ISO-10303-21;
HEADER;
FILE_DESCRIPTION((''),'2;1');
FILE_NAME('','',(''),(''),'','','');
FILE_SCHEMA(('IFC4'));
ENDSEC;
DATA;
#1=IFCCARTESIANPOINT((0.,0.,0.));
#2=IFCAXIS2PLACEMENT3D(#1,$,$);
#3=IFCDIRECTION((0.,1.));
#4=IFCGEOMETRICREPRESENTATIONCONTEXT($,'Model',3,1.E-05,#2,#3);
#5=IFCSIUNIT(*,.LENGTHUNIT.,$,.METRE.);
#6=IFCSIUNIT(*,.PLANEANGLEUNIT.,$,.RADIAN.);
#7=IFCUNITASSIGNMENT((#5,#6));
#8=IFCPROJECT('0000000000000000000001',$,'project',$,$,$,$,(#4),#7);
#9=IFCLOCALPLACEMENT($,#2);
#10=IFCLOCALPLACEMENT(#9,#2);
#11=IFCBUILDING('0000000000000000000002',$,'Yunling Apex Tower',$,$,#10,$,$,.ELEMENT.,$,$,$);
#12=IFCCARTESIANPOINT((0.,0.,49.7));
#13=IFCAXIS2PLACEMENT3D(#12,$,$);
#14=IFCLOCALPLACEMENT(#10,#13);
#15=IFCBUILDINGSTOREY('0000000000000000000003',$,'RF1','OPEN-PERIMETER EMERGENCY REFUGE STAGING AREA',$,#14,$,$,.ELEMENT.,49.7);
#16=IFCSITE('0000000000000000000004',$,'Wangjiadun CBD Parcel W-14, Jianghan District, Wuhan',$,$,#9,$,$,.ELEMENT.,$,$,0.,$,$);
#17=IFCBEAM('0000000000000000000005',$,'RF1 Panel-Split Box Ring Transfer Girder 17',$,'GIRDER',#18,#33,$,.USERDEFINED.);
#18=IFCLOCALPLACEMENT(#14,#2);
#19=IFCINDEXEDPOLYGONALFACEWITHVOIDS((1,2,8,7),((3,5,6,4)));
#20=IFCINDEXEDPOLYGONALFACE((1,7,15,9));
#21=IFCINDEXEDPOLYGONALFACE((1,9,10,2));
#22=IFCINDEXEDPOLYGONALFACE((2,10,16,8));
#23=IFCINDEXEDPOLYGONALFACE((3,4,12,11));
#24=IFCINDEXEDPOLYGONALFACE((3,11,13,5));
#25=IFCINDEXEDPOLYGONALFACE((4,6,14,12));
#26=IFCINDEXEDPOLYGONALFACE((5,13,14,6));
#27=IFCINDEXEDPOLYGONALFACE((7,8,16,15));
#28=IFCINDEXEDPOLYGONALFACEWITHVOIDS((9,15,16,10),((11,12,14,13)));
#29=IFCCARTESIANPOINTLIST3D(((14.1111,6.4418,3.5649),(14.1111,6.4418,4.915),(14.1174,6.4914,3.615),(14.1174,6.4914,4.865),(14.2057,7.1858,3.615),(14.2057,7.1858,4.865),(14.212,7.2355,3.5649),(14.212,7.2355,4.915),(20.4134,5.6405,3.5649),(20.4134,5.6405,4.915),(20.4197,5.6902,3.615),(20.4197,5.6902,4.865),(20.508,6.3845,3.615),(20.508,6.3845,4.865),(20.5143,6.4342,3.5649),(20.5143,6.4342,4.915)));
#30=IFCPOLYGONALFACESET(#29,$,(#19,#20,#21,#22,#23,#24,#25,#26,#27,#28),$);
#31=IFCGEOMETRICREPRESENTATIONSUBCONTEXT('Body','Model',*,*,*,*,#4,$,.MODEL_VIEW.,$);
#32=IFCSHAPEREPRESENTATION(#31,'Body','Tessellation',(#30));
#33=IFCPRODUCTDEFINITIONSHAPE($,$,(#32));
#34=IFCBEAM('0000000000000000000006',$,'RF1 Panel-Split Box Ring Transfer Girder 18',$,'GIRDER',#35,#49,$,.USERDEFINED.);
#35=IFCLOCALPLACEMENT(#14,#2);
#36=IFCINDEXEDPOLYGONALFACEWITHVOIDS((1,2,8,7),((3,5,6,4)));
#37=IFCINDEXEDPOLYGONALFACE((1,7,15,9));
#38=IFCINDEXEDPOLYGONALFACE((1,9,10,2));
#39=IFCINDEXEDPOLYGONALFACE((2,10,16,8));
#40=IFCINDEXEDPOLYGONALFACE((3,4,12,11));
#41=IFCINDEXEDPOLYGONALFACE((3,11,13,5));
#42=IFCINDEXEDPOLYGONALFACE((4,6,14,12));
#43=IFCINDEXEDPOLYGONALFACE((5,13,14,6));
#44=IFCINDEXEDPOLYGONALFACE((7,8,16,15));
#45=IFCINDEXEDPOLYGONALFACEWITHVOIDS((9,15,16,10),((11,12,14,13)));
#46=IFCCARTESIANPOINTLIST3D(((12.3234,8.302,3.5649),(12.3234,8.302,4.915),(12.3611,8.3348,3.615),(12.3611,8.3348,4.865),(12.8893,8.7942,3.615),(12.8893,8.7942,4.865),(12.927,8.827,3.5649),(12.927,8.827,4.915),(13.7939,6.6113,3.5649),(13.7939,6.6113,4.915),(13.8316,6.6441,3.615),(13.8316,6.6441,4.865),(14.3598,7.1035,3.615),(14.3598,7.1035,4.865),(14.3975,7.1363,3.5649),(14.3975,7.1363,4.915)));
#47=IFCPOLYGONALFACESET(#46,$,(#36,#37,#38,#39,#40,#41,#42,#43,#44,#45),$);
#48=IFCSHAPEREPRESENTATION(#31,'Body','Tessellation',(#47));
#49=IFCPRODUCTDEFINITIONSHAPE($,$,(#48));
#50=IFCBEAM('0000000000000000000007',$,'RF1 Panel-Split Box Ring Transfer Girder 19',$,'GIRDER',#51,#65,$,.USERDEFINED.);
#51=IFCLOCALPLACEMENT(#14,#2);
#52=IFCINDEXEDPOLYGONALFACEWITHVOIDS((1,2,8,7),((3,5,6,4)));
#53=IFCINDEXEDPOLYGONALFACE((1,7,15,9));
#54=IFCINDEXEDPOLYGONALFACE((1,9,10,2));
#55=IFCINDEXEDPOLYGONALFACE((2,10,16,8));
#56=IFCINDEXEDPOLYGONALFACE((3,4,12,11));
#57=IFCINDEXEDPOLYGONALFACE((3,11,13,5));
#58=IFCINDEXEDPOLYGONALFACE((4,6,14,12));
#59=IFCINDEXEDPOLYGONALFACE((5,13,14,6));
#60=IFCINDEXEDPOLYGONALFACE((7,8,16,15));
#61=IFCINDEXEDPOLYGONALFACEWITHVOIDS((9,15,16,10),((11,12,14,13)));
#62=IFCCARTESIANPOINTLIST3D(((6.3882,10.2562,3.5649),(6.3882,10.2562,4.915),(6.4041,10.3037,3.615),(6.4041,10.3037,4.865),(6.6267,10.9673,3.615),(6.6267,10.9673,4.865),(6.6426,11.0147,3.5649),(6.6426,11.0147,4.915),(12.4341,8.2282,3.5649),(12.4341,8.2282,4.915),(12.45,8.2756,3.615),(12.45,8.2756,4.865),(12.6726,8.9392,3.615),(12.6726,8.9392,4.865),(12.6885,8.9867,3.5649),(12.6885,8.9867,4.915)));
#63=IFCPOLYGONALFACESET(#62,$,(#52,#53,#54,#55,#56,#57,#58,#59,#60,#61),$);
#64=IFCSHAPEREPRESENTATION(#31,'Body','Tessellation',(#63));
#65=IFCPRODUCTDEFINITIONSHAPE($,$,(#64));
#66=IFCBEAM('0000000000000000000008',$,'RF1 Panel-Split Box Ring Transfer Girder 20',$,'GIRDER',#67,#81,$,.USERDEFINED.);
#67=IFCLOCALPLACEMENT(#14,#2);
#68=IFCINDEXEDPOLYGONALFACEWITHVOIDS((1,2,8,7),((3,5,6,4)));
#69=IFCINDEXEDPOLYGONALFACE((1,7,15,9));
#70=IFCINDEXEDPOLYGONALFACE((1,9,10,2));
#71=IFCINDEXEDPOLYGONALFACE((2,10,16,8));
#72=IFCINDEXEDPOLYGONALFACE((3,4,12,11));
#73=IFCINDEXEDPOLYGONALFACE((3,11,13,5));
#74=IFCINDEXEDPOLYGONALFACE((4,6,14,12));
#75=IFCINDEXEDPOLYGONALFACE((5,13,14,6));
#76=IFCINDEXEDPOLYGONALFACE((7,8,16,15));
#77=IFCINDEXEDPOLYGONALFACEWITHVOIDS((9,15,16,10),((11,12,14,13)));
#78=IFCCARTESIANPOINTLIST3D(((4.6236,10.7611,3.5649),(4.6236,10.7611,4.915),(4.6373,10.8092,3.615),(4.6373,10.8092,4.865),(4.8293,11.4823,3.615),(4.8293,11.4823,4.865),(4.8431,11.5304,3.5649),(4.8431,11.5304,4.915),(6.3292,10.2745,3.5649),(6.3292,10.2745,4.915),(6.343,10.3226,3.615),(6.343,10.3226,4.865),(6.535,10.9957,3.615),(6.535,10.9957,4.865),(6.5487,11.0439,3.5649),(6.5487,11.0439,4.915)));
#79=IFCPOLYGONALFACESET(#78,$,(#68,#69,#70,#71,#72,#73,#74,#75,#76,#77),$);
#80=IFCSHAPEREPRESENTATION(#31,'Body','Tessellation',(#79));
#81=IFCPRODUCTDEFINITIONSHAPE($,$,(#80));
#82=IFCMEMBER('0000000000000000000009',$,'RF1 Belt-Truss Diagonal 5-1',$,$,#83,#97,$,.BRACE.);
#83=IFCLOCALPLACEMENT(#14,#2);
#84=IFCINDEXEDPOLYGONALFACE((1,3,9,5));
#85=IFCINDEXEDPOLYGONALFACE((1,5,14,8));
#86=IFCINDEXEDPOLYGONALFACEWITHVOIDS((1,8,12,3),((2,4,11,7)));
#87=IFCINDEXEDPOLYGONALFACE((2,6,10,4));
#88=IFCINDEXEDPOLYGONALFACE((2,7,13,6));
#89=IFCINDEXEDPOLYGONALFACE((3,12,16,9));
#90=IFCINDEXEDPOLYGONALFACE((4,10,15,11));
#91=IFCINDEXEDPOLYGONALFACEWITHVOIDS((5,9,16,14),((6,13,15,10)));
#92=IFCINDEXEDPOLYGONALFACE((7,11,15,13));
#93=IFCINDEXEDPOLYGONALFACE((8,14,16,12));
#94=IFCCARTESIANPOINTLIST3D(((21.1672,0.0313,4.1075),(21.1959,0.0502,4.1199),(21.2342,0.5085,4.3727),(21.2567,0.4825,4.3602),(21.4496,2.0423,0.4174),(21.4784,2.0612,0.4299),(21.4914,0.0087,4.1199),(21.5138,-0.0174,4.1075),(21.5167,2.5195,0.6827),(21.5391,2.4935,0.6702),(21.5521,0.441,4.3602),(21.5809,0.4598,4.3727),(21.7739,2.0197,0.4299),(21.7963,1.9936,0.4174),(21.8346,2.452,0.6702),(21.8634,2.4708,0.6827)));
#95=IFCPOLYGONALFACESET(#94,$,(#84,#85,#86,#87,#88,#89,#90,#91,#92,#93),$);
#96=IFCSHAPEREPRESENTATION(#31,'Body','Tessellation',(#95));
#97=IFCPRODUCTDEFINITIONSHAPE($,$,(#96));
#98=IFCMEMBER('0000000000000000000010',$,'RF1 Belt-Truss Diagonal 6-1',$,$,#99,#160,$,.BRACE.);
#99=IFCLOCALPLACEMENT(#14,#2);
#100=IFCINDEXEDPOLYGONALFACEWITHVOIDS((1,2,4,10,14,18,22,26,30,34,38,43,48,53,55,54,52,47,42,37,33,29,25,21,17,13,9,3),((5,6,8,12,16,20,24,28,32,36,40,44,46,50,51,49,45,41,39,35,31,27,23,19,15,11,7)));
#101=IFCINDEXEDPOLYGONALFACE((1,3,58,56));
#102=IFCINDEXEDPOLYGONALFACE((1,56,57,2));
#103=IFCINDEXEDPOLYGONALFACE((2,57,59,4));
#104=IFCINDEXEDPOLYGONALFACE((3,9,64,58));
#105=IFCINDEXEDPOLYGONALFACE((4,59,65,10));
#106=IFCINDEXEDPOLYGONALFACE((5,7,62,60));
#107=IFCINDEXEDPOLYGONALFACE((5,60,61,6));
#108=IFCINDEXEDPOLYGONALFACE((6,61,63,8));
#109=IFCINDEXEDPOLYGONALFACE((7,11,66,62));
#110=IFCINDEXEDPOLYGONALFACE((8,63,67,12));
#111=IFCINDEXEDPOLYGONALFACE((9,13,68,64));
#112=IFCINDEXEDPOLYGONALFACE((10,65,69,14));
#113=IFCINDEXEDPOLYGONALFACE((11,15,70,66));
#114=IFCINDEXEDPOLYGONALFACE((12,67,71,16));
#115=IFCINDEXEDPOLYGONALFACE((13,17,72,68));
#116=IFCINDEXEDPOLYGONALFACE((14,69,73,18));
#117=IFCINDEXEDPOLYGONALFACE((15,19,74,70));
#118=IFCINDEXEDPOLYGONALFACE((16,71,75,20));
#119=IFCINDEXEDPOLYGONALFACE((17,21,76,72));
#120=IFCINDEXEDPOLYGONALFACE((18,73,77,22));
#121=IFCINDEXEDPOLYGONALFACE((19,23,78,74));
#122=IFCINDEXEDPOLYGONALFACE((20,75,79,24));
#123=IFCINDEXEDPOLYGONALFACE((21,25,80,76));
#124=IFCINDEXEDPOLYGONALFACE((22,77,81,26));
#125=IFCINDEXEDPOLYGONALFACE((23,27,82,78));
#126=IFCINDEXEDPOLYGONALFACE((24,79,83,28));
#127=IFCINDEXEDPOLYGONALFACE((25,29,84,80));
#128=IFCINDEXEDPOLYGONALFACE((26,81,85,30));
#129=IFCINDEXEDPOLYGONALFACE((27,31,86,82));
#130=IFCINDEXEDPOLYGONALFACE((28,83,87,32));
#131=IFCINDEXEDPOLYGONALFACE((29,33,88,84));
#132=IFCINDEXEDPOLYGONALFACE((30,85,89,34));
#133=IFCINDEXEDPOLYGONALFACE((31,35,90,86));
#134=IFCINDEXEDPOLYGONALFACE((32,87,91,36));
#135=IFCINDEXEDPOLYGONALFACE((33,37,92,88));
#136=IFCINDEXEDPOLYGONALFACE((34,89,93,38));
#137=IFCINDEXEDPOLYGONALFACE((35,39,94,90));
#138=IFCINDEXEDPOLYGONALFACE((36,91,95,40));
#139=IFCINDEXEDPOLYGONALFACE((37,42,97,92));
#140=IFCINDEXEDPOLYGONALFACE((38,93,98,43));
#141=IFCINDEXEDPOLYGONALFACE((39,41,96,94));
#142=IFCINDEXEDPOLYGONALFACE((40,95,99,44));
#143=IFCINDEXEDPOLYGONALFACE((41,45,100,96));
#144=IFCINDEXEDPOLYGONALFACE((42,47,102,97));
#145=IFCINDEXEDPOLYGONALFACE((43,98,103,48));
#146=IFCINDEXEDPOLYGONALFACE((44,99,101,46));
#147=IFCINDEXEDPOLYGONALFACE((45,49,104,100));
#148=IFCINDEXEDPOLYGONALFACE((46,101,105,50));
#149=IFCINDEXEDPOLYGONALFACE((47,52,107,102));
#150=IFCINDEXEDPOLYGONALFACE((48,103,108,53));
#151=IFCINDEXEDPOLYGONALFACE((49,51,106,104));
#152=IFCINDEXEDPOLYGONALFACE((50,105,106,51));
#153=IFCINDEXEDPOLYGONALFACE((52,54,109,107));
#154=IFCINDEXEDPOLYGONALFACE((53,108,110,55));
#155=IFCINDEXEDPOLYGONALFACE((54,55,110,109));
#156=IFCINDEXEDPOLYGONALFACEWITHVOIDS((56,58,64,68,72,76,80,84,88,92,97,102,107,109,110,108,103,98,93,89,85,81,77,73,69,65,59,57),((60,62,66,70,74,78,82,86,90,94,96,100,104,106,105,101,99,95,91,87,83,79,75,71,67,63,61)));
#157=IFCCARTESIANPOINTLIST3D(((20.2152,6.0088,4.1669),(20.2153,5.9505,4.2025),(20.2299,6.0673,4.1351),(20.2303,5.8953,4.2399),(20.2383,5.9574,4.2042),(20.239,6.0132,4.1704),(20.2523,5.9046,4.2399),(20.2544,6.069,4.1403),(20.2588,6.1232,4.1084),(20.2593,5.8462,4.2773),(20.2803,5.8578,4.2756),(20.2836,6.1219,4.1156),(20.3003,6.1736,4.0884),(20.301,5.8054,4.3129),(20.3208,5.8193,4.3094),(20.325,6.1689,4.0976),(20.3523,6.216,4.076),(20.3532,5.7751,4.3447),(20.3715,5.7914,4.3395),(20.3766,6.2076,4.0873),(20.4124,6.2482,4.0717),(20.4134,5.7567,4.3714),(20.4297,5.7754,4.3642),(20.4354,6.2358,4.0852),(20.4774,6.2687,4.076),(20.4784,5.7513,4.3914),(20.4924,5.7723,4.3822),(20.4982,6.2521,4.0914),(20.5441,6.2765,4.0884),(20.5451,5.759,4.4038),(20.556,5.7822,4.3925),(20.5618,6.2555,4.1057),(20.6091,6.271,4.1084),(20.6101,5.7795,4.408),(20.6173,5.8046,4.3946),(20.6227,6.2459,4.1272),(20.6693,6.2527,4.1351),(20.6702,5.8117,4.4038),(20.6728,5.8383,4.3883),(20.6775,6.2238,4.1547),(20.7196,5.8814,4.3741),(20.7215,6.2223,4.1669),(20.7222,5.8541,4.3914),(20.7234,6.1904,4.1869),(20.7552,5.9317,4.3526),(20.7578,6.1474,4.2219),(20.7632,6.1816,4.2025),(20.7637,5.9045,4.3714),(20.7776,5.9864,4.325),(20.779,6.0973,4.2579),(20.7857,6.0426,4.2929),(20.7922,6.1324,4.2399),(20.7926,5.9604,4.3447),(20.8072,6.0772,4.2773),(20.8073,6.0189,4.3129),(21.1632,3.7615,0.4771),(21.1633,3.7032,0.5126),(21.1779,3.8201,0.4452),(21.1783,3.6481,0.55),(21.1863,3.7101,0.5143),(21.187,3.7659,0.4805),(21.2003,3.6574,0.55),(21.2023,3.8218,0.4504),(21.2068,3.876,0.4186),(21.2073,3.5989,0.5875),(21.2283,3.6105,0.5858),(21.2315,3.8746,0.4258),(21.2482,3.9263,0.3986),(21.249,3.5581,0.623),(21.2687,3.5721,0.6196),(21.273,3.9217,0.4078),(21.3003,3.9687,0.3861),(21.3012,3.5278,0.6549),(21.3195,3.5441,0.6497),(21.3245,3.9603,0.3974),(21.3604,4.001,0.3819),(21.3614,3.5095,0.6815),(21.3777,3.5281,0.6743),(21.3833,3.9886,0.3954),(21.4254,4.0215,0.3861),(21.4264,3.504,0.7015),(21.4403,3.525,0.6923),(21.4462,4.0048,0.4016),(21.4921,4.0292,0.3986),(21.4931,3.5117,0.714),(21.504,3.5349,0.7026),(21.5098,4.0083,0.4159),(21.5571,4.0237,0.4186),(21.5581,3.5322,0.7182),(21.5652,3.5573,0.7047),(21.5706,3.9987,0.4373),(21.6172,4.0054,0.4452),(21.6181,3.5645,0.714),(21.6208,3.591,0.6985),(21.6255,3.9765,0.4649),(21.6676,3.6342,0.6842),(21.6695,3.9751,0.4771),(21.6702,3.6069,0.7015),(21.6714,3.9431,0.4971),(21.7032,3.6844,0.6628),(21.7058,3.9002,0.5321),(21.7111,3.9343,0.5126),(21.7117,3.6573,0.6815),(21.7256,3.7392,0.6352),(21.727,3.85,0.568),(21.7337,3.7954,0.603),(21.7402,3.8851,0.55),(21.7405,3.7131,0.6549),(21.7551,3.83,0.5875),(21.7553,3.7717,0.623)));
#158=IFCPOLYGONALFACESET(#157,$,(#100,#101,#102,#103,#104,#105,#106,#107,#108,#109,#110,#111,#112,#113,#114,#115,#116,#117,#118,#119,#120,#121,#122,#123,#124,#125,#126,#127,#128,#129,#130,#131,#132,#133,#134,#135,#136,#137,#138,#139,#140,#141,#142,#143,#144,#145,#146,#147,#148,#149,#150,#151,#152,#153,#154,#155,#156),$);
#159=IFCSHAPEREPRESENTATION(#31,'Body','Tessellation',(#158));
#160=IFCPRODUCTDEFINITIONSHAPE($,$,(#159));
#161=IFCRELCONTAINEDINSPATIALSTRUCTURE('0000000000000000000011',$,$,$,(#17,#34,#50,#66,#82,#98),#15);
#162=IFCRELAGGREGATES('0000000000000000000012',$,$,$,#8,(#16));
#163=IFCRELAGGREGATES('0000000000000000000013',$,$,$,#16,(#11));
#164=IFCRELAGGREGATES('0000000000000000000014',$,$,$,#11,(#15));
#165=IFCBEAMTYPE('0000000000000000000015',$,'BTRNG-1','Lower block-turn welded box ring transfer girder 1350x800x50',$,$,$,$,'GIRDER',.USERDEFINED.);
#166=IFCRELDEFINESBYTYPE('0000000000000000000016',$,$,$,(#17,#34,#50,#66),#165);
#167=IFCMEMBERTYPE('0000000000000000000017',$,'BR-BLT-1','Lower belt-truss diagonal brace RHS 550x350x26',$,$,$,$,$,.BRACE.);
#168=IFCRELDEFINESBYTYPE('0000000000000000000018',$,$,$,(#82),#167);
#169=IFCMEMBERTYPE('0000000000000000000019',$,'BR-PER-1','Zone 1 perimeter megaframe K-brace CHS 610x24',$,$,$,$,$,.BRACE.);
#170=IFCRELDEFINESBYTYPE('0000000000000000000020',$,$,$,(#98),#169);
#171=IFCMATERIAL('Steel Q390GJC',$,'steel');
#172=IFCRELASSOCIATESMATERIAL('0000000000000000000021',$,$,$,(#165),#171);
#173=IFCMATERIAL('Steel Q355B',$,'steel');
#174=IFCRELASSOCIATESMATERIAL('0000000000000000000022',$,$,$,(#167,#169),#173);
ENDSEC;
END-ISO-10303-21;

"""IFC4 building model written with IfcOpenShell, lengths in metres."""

from ifc_helpers import new_model, si_unit, direction, frame, origin, origin_2d, place, context, subcontext, project, spatial, hollow_rectangle, hollow_circle, extrude, source, transform, mapped, material, material_profile, profile_set, type_object, element, save


model = new_model("IFC4")

# Units and contexts
model_context = context("Model", 3, precision=1e-05, world=origin(), true_north=direction((0.0, 1.0)))
body_context = subcontext(model_context, "Body", "Model", "MODEL_VIEW")
ifc_project = project(units=[si_unit("LENGTHUNIT", "METRE"), si_unit("PLANEANGLEUNIT", "RADIAN")], contexts=[model_context])

# Site, building, storey
site_placement = place(None, origin())
site = spatial("IfcSite", under=ifc_project, at=site_placement, Name="Wangjiadun CBD Parcel W-14, Jianghan District, Wuhan", CompositionType="ELEMENT", RefElevation=0.0)
building_placement = place(site_placement, origin())
building = spatial("IfcBuilding", under=site, at=building_placement, Name="Yunling Apex Tower", CompositionType="ELEMENT")
storey_placement = place(building_placement, frame((0.0, 0.0, 49.7)))
storey = spatial("IfcBuildingStorey", under=building, at=storey_placement, Name="RF1", Description="OPEN-PERIMETER EMERGENCY REFUGE STAGING AREA", CompositionType="ELEMENT", Elevation=49.7)

# Shared definitions
ifc_material_1 = material(Name="Steel Q390GJC", Category="steel")

# Beams
ifc_material_profile_1 = material_profile(ifc_material_1, hollow_rectangle(XDim=0.8, YDim=1.3501, WallThickness=0.05, at=origin_2d()))
ifc_profile_set_1 = profile_set([ifc_material_profile_1], Name="Steel Q390GJC")
beam_type = type_object("IfcBeamType", Name="BTRNG-1", Description="Lower block-turn welded box ring transfer girder 1350x800x50", ElementType="GIRDER", PredefinedType="USERDEFINED", material=ifc_profile_set_1)
shared_shape_1 = source(origin(), body_context, "Body", "SweptSolid", [
    extrude(hollow_rectangle(XDim=0.8, YDim=1.3501, WallThickness=0.05, at=origin_2d()), origin(), (0.0, 0.0, 1.0), 6.353),
])
beam_1_placement = place(storey_placement, frame((20.4639, 6.0374, 4.24), z_axis=(-0.992014, 0.126125, 0.0), x_axis=(-0.126125, -0.992014, 0.0)))
element("IfcBeam", 1, at=beam_1_placement, inside=storey, type_object=beam_type, Name="RF1 Panel-Split Box Ring Transfer Girder 17", ObjectType="GIRDER", PredefinedType="USERDEFINED", context=body_context, shape_type="MappedRepresentation", body=[
    mapped(shared_shape_1, transform((0.0, 0.0, 0.0), scale=1.0)),
])
shared_shape_2 = source(origin(), body_context, "Body", "SweptSolid", [
    extrude(hollow_rectangle(XDim=0.8, YDim=1.3501, WallThickness=0.05, at=origin_2d()), origin(), (0.0, 0.0, 1.0), 2.2407),
])
beam_2_placement = place(storey_placement, frame((14.0957, 6.8738, 4.24), z_axis=(-0.656257, 0.754537, 0.0), x_axis=(-0.754537, -0.656257, 0.0)))
element("IfcBeam", 2, at=beam_2_placement, inside=storey, type_object=beam_type, Name="RF1 Panel-Split Box Ring Transfer Girder 18", ObjectType="GIRDER", PredefinedType="USERDEFINED", context=body_context, shape_type="MappedRepresentation", body=[
    mapped(shared_shape_2, transform((0.0, 0.0, 0.0), scale=1.0)),
])
shared_shape_3 = source(origin(), body_context, "Body", "SweptSolid", [
    extrude(hollow_rectangle(XDim=0.8, YDim=1.3501, WallThickness=0.05, at=origin_2d()), origin(), (0.0, 0.0, 1.0), 6.377),
])
beam_3_placement = place(storey_placement, frame((12.5613, 8.6074, 4.24), z_axis=(-0.948081, 0.31803, 0.0), x_axis=(-0.31803, -0.948081, 0.0)))
element("IfcBeam", 3, at=beam_3_placement, inside=storey, type_object=beam_type, Name="RF1 Panel-Split Box Ring Transfer Girder 19", ObjectType="GIRDER", PredefinedType="USERDEFINED", context=body_context, shape_type="MappedRepresentation", body=[
    mapped(shared_shape_3, transform((0.0, 0.0, 0.0), scale=1.0)),
])
shared_shape_4 = source(origin(), body_context, "Body", "SweptSolid", [
    extrude(hollow_rectangle(XDim=0.8, YDim=1.3501, WallThickness=0.05, at=origin_2d()), origin(), (0.0, 0.0, 1.0), 1.7737),
])
beam_4_placement = place(storey_placement, frame((6.439, 10.6592, 4.24), z_axis=(-0.961633, 0.274339, 0.0), x_axis=(-0.274339, -0.961633, 0.0)))
element("IfcBeam", 4, at=beam_4_placement, inside=storey, type_object=beam_type, Name="RF1 Panel-Split Box Ring Transfer Girder 20", ObjectType="GIRDER", PredefinedType="USERDEFINED", context=body_context, shape_type="MappedRepresentation", body=[
    mapped(shared_shape_4, transform((0.0, 0.0, 0.0), scale=1.0)),
])

# Members
ifc_material_2 = material(Name="Steel Q355B", Category="steel")
ifc_material_profile_2 = material_profile(ifc_material_2, hollow_rectangle(XDim=0.3501, YDim=0.55, WallThickness=0.0259, at=origin_2d()))
ifc_profile_set_2 = profile_set([ifc_material_profile_2], Name="Steel Q355B")
member_type_1 = type_object("IfcMemberType", Name="BR-BLT-1", Description="Lower belt-truss diagonal brace RHS 550x350x26", PredefinedType="BRACE", material=ifc_profile_set_2)
shared_shape_5 = source(origin(), body_context, "Body", "SweptSolid", [
    extrude(hollow_rectangle(XDim=0.3501, YDim=0.55, WallThickness=0.0259, at=origin_2d()), origin(), (0.0, 0.0, 1.0), 4.2119),
])
member_1_placement = place(storey_placement, frame((21.6565, 2.2566, 0.55), z_axis=(-0.067066, -0.477461, 0.87609), x_axis=(0.990279, -0.139098, 0.0)))
element("IfcMember", 5, at=member_1_placement, inside=storey, type_object=member_type_1, Name="RF1 Belt-Truss Diagonal 5-1", PredefinedType="BRACE", context=body_context, shape_type="MappedRepresentation", body=[
    mapped(shared_shape_5, transform((0.0, 0.0, 0.0), scale=1.0)),
])
ifc_material_profile_3 = material_profile(ifc_material_2, hollow_circle(Radius=0.3049, WallThickness=0.0239, at=origin_2d()))
ifc_profile_set_3 = profile_set([ifc_material_profile_3], Name="Steel Q355B")
member_type_2 = type_object("IfcMemberType", Name="BR-PER-1", Description="Zone 1 perimeter megaframe K-brace CHS 610x24", PredefinedType="BRACE", material=ifc_profile_set_3)
shared_shape_6 = source(origin(), body_context, "Body", "SweptSolid", [
    extrude(hollow_circle(Radius=0.3049, WallThickness=0.0239, at=origin_2d()), origin(), (0.0, 0.0, 1.0), 4.4231),
])
member_2_placement = place(storey_placement, frame((21.4592, 3.7666, 0.55), z_axis=(-0.214324, 0.508073, 0.834222), x_axis=(-0.921377, -0.38867, 0.0)))
element("IfcMember", 6, at=member_2_placement, inside=storey, type_object=member_type_2, Name="RF1 Belt-Truss Diagonal 6-1", PredefinedType="BRACE", context=body_context, shape_type="MappedRepresentation", body=[
    mapped(shared_shape_6, transform((0.0, 0.0, 0.0), scale=1.0)),
])

save(model, "model.ifc")
